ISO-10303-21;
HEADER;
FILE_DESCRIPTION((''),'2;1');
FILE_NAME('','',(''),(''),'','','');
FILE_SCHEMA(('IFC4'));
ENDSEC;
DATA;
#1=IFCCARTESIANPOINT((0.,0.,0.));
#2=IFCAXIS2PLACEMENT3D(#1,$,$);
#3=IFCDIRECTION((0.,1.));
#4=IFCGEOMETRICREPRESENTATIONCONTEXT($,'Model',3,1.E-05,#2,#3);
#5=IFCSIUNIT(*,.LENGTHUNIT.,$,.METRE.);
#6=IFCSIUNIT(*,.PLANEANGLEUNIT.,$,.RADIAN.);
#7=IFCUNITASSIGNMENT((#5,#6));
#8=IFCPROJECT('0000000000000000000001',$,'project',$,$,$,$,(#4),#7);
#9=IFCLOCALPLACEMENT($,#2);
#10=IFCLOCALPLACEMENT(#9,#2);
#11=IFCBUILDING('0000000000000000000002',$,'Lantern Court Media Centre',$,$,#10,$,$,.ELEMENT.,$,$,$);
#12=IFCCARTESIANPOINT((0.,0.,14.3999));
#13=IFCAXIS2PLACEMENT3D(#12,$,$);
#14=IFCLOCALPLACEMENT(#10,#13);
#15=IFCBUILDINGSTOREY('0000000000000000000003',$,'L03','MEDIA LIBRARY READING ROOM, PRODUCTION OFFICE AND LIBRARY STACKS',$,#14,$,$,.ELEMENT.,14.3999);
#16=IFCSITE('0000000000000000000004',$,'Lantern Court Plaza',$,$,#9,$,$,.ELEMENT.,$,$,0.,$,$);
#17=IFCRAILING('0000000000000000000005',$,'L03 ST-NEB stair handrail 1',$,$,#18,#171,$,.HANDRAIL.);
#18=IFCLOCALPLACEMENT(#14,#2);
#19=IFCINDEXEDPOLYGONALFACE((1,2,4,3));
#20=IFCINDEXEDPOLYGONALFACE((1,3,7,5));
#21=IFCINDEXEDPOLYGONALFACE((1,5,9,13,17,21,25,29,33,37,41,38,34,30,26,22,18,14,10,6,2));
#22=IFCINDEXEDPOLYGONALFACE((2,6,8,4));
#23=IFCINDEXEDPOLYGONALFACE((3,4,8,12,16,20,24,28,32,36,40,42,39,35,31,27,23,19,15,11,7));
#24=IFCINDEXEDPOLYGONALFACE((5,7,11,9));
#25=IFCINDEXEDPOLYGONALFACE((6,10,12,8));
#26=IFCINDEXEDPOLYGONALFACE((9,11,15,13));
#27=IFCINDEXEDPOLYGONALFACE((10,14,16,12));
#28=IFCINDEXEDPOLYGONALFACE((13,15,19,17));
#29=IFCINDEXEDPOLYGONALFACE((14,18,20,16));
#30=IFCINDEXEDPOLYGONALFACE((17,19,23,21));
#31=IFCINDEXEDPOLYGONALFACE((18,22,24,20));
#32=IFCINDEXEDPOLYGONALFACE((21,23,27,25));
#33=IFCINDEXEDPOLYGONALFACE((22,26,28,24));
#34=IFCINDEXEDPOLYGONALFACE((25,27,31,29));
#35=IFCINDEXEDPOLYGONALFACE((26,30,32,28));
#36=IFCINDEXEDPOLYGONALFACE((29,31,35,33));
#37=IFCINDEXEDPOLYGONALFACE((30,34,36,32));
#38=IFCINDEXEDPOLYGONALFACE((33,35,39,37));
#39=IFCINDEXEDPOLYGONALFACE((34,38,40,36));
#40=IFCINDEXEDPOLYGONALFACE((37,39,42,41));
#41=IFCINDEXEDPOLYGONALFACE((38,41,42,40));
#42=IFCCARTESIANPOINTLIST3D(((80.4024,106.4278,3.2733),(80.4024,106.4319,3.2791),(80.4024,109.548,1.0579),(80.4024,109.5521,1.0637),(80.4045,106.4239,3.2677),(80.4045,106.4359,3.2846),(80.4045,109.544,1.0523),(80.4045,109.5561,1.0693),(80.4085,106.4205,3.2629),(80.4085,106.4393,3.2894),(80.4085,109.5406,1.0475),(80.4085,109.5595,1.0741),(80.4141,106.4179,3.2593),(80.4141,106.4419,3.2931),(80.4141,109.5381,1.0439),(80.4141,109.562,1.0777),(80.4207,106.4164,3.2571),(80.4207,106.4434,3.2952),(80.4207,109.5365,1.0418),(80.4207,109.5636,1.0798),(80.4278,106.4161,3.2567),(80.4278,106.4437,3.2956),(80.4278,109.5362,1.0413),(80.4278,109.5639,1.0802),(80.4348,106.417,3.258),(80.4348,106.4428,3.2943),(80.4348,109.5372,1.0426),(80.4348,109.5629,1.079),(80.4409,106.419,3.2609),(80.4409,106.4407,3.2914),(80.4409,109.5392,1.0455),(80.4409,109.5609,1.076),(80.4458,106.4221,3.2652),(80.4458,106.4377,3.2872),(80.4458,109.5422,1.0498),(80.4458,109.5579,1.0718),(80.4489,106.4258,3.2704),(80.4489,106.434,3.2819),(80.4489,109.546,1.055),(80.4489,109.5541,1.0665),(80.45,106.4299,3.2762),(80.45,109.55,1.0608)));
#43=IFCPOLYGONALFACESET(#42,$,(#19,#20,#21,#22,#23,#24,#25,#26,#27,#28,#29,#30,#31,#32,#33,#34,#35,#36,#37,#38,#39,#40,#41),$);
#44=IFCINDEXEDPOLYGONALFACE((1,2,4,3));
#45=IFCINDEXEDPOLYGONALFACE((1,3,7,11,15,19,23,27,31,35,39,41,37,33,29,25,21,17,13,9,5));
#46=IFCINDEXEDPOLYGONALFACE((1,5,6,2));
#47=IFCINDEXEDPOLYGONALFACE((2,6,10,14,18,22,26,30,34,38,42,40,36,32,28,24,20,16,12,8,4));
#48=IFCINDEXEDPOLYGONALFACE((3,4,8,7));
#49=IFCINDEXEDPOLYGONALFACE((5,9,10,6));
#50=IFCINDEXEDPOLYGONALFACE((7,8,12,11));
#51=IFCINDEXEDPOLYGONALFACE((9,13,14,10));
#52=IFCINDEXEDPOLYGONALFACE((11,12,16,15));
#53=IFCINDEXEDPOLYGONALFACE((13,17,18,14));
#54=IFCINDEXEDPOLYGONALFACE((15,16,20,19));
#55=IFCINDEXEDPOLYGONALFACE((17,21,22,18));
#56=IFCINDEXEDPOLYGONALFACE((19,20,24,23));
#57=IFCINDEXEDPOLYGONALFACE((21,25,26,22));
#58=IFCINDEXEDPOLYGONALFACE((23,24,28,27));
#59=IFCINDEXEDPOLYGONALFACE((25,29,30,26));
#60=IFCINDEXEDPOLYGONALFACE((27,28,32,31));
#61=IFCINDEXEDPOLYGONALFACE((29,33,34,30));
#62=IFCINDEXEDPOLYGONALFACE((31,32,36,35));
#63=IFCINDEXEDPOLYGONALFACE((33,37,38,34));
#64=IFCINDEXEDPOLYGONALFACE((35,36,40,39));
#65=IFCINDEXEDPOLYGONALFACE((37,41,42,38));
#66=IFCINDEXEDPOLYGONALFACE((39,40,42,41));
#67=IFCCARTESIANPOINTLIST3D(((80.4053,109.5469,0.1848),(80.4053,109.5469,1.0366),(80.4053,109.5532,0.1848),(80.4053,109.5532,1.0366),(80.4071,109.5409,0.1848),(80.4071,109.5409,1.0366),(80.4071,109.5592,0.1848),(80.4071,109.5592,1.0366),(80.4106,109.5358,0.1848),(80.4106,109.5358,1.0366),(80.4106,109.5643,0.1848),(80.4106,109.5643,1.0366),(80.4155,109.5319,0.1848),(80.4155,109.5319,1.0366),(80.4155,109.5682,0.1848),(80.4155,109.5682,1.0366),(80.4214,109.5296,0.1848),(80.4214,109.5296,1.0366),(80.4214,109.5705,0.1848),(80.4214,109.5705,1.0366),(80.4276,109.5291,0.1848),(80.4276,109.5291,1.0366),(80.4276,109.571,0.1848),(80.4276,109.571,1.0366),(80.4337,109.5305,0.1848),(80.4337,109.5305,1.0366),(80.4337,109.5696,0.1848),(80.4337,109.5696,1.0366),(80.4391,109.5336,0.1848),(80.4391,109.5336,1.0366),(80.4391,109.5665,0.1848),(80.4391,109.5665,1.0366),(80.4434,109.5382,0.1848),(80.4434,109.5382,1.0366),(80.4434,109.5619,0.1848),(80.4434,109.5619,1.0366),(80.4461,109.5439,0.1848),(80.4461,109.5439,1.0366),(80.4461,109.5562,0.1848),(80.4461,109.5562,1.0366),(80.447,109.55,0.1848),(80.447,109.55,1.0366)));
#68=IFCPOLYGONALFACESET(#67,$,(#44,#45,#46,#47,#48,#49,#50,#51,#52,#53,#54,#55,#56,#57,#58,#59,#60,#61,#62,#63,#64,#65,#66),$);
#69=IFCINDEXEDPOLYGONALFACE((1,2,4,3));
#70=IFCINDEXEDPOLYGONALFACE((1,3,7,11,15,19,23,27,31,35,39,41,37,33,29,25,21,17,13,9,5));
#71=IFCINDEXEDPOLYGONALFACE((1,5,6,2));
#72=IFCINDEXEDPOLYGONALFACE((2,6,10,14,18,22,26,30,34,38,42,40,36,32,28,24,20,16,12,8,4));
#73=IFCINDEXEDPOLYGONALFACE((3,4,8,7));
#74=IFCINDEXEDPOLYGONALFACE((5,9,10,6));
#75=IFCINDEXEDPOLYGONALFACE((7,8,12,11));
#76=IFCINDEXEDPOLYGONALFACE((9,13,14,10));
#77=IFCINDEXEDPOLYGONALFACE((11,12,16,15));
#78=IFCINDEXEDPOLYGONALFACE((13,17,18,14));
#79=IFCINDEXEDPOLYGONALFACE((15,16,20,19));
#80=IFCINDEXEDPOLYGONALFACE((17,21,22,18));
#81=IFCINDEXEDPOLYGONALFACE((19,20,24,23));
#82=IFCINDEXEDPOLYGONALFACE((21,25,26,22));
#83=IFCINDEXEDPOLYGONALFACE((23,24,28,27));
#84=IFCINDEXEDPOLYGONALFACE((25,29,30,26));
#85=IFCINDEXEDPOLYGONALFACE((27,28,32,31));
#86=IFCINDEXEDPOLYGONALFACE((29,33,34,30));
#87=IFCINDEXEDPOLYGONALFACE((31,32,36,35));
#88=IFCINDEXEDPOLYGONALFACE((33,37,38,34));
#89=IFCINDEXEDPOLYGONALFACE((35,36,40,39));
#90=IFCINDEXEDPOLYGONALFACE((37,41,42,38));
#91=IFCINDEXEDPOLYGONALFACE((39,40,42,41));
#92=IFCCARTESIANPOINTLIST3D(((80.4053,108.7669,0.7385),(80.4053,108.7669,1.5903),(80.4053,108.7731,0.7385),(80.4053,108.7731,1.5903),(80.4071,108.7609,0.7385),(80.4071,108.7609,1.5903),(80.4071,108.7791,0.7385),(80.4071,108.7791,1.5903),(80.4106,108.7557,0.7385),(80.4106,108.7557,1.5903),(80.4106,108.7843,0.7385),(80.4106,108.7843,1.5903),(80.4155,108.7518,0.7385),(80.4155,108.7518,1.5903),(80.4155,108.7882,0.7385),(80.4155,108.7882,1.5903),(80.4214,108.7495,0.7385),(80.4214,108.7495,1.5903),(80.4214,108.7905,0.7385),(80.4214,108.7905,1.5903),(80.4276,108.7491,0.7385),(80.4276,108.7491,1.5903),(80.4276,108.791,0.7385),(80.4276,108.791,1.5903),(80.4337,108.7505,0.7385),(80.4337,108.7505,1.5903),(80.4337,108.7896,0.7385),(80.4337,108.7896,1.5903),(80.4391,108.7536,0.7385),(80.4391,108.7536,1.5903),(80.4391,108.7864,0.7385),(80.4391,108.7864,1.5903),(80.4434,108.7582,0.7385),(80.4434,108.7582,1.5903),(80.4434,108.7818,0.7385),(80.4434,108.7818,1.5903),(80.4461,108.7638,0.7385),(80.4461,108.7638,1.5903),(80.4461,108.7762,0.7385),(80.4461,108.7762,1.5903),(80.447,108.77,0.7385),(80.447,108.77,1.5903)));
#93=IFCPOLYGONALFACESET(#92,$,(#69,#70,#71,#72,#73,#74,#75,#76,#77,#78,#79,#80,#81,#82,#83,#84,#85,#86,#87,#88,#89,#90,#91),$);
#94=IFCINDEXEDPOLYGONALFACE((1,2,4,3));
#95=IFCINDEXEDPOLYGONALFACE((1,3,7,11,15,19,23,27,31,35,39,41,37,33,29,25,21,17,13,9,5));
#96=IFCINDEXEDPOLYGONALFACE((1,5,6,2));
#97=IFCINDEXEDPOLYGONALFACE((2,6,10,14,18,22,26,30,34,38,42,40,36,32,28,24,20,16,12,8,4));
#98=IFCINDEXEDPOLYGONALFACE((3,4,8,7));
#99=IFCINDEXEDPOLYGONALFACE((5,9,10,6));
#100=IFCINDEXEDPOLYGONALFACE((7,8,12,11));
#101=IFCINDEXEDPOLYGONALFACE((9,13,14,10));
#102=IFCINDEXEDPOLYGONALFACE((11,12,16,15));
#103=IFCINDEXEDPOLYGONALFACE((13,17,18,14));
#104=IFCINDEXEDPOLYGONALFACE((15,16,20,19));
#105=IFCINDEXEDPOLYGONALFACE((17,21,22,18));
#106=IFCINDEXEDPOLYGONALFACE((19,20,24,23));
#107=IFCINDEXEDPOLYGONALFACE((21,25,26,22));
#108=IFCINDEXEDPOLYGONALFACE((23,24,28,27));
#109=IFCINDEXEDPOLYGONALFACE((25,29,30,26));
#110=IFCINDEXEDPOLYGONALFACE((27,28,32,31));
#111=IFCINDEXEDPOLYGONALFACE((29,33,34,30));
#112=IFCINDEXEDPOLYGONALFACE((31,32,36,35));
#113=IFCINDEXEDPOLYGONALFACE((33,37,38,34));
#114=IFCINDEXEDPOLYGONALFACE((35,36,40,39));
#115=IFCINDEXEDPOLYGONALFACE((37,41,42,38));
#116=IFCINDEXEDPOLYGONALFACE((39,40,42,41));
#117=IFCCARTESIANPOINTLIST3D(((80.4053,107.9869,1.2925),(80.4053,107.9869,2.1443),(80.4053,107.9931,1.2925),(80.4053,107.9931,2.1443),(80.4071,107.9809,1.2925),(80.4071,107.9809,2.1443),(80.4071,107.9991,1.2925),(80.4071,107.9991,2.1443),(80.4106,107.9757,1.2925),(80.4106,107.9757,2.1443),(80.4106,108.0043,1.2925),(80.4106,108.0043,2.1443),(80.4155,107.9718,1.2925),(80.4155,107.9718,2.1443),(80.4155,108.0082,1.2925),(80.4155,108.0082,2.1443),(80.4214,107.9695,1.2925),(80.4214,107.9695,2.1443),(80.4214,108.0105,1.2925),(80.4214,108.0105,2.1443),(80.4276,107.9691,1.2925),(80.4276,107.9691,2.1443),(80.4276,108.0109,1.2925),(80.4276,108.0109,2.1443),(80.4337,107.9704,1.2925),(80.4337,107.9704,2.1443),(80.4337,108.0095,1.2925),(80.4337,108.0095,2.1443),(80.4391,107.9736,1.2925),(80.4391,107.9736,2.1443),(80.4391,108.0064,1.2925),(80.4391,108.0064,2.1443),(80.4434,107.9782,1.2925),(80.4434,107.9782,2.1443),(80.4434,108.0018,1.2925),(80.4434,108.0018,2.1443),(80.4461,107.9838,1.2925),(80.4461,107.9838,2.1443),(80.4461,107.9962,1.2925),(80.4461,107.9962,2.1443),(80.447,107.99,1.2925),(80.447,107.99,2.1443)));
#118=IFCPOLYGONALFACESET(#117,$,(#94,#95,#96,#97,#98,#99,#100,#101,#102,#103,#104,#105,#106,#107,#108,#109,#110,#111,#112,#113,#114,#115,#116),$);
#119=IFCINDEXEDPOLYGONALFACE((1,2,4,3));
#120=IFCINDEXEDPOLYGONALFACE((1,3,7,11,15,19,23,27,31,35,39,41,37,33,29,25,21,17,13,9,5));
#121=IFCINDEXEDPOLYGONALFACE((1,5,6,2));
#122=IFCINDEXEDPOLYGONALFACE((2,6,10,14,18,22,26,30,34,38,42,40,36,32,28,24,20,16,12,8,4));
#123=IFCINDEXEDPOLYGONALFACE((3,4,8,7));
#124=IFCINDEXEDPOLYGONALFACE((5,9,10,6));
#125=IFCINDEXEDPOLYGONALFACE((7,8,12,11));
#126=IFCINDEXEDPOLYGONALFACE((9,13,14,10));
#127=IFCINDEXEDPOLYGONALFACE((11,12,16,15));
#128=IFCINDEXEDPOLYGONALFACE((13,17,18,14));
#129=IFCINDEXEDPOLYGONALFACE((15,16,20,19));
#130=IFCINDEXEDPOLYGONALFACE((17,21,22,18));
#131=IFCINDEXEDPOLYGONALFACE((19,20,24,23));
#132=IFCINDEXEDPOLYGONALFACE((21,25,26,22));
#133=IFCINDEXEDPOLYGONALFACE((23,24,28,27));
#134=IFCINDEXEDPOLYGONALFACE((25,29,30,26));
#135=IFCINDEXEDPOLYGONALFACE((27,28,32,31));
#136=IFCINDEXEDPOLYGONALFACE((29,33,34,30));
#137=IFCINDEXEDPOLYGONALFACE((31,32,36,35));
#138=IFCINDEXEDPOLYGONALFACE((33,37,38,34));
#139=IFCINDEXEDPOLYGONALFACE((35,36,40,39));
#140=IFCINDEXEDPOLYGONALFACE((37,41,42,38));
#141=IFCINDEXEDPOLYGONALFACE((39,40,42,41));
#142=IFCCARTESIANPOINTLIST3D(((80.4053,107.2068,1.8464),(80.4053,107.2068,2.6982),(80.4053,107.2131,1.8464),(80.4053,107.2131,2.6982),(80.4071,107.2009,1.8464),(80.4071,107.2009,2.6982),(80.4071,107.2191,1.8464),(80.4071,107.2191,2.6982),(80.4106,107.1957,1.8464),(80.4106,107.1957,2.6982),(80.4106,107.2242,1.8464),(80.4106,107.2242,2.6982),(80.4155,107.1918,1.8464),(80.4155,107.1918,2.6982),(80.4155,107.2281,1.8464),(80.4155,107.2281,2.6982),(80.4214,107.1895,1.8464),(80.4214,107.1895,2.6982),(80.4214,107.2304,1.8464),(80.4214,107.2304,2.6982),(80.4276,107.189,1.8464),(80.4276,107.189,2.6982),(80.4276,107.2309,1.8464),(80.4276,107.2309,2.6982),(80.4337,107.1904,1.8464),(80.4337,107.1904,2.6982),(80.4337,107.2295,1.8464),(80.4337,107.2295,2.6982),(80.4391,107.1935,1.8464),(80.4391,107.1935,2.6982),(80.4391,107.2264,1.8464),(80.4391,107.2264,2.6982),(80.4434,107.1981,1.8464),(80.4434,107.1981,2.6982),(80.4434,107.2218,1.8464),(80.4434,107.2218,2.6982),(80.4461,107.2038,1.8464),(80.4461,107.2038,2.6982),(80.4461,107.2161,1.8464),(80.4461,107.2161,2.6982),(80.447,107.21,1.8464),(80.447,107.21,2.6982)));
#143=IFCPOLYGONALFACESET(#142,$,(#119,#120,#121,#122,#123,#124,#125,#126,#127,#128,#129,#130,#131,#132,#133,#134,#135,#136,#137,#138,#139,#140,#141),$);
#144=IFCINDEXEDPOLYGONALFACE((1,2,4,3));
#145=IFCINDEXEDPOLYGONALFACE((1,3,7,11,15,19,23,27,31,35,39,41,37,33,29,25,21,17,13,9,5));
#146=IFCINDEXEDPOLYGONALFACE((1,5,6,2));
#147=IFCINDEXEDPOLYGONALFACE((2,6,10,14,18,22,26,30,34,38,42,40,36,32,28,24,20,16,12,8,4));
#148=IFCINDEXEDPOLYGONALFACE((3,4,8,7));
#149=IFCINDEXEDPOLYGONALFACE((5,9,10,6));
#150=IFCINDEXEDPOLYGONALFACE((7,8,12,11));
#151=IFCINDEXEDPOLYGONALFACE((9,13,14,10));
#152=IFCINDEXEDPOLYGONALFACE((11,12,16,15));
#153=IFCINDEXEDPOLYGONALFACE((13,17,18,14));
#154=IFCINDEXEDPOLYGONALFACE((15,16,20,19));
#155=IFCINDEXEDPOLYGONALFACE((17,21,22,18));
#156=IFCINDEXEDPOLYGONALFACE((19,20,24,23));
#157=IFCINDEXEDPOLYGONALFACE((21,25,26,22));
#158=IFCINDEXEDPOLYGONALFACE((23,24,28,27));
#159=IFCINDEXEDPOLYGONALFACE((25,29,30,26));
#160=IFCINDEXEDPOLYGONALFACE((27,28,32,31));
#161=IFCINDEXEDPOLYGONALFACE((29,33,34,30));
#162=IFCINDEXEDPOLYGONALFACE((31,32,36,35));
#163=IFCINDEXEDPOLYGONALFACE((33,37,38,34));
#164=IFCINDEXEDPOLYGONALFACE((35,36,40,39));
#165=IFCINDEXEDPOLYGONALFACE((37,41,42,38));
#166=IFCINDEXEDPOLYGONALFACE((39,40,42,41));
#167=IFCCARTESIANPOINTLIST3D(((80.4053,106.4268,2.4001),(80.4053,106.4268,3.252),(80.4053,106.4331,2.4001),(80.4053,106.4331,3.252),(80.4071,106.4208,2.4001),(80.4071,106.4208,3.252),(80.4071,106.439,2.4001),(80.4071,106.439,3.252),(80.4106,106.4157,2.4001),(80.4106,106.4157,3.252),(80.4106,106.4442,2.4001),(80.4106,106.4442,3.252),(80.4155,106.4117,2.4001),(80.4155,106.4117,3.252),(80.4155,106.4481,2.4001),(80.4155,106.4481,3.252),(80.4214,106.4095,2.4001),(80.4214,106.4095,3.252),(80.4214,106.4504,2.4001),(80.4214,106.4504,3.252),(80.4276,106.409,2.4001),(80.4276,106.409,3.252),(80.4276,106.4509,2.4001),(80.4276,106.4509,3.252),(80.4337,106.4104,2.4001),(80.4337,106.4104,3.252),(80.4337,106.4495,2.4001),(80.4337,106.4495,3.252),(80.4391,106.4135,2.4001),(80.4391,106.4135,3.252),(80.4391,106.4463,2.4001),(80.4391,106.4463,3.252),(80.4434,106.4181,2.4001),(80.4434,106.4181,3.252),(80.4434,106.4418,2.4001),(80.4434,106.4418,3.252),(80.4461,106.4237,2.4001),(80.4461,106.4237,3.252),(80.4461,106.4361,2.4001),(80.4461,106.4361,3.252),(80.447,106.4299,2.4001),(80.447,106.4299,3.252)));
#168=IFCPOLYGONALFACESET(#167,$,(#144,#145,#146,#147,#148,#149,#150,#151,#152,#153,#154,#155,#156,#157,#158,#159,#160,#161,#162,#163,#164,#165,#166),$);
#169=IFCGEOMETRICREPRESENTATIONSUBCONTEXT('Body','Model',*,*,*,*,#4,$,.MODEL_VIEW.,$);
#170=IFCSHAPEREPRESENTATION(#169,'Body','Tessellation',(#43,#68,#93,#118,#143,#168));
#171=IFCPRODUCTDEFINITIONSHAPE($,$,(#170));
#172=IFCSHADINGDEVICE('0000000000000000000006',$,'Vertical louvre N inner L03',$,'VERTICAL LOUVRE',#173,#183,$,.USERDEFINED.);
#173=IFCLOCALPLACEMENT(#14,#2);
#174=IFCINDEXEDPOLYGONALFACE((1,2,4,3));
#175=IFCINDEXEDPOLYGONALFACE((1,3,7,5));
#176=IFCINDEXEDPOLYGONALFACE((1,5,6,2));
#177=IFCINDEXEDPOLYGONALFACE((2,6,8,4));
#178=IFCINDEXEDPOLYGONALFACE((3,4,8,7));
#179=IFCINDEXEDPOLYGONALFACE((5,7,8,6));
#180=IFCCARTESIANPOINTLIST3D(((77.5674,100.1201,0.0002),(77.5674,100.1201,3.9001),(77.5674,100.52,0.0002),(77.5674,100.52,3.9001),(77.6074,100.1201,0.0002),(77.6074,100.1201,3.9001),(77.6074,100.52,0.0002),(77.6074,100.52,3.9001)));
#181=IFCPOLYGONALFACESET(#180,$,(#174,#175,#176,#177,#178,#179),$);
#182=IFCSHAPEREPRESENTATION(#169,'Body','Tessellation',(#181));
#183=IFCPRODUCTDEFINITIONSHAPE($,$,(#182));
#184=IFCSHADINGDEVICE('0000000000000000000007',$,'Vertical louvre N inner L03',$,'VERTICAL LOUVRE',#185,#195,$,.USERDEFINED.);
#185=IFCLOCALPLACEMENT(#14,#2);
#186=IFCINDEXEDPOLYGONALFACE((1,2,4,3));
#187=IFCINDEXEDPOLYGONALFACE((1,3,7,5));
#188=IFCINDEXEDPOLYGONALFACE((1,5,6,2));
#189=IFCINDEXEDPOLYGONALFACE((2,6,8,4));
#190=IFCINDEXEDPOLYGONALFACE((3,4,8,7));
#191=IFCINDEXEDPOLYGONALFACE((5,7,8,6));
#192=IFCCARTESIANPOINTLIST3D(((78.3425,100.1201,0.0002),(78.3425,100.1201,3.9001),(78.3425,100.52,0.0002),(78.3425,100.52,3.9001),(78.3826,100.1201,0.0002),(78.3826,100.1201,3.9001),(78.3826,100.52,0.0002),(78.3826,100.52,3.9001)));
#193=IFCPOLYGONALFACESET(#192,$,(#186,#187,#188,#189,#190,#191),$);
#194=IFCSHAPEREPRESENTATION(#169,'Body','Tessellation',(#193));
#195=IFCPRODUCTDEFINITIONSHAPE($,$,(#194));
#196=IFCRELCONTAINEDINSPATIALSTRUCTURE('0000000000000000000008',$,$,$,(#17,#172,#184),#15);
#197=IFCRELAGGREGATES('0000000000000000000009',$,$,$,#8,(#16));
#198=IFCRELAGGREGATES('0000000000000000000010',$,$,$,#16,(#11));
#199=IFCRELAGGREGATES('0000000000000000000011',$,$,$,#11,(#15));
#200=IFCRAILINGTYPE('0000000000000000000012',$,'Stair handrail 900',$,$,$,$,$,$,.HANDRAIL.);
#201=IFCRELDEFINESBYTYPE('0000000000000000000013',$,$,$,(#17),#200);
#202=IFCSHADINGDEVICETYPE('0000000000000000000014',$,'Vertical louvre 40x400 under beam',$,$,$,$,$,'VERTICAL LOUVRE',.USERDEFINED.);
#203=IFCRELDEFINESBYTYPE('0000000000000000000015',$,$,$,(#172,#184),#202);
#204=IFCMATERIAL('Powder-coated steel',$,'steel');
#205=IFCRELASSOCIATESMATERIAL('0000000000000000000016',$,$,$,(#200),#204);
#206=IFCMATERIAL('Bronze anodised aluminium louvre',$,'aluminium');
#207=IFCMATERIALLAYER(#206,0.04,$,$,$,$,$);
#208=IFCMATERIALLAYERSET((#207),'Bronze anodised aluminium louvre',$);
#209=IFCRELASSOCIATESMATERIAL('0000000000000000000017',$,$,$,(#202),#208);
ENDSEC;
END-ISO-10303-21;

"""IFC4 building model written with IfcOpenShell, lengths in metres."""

from ifc_helpers import new_model, si_unit, direction, frame, origin, origin_2d, place, context, subcontext, project, spatial, rectangle, circle, extrude, material, layer, layer_set, type_object, element, save


model = new_model("IFC4")

# Units and contexts
model_context = context("Model", 3, precision=1e-05, world=origin(), true_north=direction((0.0, 1.0)))
body_context = subcontext(model_context, "Body", "Model", "MODEL_VIEW")
ifc_project = project(units=[si_unit("LENGTHUNIT", "METRE"), si_unit("PLANEANGLEUNIT", "RADIAN")], contexts=[model_context])

# Site, building, storey
site_placement = place(None, origin())
site = spatial("IfcSite", under=ifc_project, at=site_placement, Name="Lantern Court Plaza", CompositionType="ELEMENT", RefElevation=0.0)
building_placement = place(site_placement, origin())
building = spatial("IfcBuilding", under=site, at=building_placement, Name="Lantern Court Media Centre", CompositionType="ELEMENT")
storey_placement = place(building_placement, frame((0.0, 0.0, 14.3999)))
storey = spatial("IfcBuildingStorey", under=building, at=storey_placement, Name="L03", Description="MEDIA LIBRARY READING ROOM, PRODUCTION OFFICE AND LIBRARY STACKS", CompositionType="ELEMENT", Elevation=14.3999)

# Railing
ifc_material_1 = material(Name="Powder-coated steel", Category="steel")
railing_type_1 = type_object("IfcRailingType", Name="Stair handrail 900", PredefinedType="HANDRAIL", material=ifc_material_1)
railing_1_placement = place(storey_placement, frame((80.426, 109.55, 0.1848)))
element("IfcRailing", 1, at=railing_1_placement, inside=storey, type_object=railing_type_1, Name="L03 ST-NEB stair handrail 1", PredefinedType="HANDRAIL", context=body_context, shape_type="SweptSolid", body=[
    extrude(circle(Radius=0.0239, at=origin_2d()), frame((0.0, 0.0, 0.876), z_axis=(0.0, -0.815377, 0.57893), x_axis=(1.0, 0.0, 0.0)), (0.0, 0.0, 1.0), 3.8267),
    extrude(circle(Radius=0.021, at=origin_2d()), origin(), (0.0, 0.0, 1.0), 0.8518),
    extrude(circle(Radius=0.021, at=origin_2d()), frame((0.0, -0.78, 0.5537)), (0.0, 0.0, 1.0), 0.8518),
    extrude(circle(Radius=0.021, at=origin_2d()), frame((0.0, -1.5601, 1.1077)), (0.0, 0.0, 1.0), 0.8518),
    extrude(circle(Radius=0.021, at=origin_2d()), frame((0.0, -2.3401, 1.6616)), (0.0, 0.0, 1.0), 0.8518),
    extrude(circle(Radius=0.021, at=origin_2d()), frame((0.0, -3.1201, 2.2153)), (0.0, 0.0, 1.0), 0.8518),
])

# Shading devices
ifc_material_2 = material(Name="Bronze anodised aluminium louvre", Category="aluminium")
ifc_layer_1 = layer(ifc_material_2, 0.04)
ifc_layer_set_1 = layer_set([ifc_layer_1], Name="Bronze anodised aluminium louvre")
shading_device_type = type_object("IfcShadingDeviceType", Name="Vertical louvre 40x400 under beam", ElementType="VERTICAL LOUVRE", PredefinedType="USERDEFINED", material=ifc_layer_set_1)
for number, where, z_axis, x_axis, name in (
    (2, (77.5874, 100.3201, 0.0002), (0.0, 0.0, 1.0), (1.0, 0.0, 0.0), "Vertical louvre N inner L03"),
    (3, (78.3625, 100.3201, 0.0002), (0.0, 0.0, 1.0), (1.0, 0.0, 0.0), "Vertical louvre N inner L03"),
):
    element("IfcShadingDevice", number, at=place(storey_placement, frame(where, z_axis=z_axis, x_axis=x_axis)), inside=storey, type_object=shading_device_type, Name=name, ObjectType="VERTICAL LOUVRE", PredefinedType="USERDEFINED", context=body_context, shape_type="SweptSolid", body=[
        extrude(rectangle(XDim=0.04, YDim=0.3999, at=origin_2d()), origin(), (0.0, 0.0, 1.0), 3.8999),
    ])

save(model, "model.ifc")
